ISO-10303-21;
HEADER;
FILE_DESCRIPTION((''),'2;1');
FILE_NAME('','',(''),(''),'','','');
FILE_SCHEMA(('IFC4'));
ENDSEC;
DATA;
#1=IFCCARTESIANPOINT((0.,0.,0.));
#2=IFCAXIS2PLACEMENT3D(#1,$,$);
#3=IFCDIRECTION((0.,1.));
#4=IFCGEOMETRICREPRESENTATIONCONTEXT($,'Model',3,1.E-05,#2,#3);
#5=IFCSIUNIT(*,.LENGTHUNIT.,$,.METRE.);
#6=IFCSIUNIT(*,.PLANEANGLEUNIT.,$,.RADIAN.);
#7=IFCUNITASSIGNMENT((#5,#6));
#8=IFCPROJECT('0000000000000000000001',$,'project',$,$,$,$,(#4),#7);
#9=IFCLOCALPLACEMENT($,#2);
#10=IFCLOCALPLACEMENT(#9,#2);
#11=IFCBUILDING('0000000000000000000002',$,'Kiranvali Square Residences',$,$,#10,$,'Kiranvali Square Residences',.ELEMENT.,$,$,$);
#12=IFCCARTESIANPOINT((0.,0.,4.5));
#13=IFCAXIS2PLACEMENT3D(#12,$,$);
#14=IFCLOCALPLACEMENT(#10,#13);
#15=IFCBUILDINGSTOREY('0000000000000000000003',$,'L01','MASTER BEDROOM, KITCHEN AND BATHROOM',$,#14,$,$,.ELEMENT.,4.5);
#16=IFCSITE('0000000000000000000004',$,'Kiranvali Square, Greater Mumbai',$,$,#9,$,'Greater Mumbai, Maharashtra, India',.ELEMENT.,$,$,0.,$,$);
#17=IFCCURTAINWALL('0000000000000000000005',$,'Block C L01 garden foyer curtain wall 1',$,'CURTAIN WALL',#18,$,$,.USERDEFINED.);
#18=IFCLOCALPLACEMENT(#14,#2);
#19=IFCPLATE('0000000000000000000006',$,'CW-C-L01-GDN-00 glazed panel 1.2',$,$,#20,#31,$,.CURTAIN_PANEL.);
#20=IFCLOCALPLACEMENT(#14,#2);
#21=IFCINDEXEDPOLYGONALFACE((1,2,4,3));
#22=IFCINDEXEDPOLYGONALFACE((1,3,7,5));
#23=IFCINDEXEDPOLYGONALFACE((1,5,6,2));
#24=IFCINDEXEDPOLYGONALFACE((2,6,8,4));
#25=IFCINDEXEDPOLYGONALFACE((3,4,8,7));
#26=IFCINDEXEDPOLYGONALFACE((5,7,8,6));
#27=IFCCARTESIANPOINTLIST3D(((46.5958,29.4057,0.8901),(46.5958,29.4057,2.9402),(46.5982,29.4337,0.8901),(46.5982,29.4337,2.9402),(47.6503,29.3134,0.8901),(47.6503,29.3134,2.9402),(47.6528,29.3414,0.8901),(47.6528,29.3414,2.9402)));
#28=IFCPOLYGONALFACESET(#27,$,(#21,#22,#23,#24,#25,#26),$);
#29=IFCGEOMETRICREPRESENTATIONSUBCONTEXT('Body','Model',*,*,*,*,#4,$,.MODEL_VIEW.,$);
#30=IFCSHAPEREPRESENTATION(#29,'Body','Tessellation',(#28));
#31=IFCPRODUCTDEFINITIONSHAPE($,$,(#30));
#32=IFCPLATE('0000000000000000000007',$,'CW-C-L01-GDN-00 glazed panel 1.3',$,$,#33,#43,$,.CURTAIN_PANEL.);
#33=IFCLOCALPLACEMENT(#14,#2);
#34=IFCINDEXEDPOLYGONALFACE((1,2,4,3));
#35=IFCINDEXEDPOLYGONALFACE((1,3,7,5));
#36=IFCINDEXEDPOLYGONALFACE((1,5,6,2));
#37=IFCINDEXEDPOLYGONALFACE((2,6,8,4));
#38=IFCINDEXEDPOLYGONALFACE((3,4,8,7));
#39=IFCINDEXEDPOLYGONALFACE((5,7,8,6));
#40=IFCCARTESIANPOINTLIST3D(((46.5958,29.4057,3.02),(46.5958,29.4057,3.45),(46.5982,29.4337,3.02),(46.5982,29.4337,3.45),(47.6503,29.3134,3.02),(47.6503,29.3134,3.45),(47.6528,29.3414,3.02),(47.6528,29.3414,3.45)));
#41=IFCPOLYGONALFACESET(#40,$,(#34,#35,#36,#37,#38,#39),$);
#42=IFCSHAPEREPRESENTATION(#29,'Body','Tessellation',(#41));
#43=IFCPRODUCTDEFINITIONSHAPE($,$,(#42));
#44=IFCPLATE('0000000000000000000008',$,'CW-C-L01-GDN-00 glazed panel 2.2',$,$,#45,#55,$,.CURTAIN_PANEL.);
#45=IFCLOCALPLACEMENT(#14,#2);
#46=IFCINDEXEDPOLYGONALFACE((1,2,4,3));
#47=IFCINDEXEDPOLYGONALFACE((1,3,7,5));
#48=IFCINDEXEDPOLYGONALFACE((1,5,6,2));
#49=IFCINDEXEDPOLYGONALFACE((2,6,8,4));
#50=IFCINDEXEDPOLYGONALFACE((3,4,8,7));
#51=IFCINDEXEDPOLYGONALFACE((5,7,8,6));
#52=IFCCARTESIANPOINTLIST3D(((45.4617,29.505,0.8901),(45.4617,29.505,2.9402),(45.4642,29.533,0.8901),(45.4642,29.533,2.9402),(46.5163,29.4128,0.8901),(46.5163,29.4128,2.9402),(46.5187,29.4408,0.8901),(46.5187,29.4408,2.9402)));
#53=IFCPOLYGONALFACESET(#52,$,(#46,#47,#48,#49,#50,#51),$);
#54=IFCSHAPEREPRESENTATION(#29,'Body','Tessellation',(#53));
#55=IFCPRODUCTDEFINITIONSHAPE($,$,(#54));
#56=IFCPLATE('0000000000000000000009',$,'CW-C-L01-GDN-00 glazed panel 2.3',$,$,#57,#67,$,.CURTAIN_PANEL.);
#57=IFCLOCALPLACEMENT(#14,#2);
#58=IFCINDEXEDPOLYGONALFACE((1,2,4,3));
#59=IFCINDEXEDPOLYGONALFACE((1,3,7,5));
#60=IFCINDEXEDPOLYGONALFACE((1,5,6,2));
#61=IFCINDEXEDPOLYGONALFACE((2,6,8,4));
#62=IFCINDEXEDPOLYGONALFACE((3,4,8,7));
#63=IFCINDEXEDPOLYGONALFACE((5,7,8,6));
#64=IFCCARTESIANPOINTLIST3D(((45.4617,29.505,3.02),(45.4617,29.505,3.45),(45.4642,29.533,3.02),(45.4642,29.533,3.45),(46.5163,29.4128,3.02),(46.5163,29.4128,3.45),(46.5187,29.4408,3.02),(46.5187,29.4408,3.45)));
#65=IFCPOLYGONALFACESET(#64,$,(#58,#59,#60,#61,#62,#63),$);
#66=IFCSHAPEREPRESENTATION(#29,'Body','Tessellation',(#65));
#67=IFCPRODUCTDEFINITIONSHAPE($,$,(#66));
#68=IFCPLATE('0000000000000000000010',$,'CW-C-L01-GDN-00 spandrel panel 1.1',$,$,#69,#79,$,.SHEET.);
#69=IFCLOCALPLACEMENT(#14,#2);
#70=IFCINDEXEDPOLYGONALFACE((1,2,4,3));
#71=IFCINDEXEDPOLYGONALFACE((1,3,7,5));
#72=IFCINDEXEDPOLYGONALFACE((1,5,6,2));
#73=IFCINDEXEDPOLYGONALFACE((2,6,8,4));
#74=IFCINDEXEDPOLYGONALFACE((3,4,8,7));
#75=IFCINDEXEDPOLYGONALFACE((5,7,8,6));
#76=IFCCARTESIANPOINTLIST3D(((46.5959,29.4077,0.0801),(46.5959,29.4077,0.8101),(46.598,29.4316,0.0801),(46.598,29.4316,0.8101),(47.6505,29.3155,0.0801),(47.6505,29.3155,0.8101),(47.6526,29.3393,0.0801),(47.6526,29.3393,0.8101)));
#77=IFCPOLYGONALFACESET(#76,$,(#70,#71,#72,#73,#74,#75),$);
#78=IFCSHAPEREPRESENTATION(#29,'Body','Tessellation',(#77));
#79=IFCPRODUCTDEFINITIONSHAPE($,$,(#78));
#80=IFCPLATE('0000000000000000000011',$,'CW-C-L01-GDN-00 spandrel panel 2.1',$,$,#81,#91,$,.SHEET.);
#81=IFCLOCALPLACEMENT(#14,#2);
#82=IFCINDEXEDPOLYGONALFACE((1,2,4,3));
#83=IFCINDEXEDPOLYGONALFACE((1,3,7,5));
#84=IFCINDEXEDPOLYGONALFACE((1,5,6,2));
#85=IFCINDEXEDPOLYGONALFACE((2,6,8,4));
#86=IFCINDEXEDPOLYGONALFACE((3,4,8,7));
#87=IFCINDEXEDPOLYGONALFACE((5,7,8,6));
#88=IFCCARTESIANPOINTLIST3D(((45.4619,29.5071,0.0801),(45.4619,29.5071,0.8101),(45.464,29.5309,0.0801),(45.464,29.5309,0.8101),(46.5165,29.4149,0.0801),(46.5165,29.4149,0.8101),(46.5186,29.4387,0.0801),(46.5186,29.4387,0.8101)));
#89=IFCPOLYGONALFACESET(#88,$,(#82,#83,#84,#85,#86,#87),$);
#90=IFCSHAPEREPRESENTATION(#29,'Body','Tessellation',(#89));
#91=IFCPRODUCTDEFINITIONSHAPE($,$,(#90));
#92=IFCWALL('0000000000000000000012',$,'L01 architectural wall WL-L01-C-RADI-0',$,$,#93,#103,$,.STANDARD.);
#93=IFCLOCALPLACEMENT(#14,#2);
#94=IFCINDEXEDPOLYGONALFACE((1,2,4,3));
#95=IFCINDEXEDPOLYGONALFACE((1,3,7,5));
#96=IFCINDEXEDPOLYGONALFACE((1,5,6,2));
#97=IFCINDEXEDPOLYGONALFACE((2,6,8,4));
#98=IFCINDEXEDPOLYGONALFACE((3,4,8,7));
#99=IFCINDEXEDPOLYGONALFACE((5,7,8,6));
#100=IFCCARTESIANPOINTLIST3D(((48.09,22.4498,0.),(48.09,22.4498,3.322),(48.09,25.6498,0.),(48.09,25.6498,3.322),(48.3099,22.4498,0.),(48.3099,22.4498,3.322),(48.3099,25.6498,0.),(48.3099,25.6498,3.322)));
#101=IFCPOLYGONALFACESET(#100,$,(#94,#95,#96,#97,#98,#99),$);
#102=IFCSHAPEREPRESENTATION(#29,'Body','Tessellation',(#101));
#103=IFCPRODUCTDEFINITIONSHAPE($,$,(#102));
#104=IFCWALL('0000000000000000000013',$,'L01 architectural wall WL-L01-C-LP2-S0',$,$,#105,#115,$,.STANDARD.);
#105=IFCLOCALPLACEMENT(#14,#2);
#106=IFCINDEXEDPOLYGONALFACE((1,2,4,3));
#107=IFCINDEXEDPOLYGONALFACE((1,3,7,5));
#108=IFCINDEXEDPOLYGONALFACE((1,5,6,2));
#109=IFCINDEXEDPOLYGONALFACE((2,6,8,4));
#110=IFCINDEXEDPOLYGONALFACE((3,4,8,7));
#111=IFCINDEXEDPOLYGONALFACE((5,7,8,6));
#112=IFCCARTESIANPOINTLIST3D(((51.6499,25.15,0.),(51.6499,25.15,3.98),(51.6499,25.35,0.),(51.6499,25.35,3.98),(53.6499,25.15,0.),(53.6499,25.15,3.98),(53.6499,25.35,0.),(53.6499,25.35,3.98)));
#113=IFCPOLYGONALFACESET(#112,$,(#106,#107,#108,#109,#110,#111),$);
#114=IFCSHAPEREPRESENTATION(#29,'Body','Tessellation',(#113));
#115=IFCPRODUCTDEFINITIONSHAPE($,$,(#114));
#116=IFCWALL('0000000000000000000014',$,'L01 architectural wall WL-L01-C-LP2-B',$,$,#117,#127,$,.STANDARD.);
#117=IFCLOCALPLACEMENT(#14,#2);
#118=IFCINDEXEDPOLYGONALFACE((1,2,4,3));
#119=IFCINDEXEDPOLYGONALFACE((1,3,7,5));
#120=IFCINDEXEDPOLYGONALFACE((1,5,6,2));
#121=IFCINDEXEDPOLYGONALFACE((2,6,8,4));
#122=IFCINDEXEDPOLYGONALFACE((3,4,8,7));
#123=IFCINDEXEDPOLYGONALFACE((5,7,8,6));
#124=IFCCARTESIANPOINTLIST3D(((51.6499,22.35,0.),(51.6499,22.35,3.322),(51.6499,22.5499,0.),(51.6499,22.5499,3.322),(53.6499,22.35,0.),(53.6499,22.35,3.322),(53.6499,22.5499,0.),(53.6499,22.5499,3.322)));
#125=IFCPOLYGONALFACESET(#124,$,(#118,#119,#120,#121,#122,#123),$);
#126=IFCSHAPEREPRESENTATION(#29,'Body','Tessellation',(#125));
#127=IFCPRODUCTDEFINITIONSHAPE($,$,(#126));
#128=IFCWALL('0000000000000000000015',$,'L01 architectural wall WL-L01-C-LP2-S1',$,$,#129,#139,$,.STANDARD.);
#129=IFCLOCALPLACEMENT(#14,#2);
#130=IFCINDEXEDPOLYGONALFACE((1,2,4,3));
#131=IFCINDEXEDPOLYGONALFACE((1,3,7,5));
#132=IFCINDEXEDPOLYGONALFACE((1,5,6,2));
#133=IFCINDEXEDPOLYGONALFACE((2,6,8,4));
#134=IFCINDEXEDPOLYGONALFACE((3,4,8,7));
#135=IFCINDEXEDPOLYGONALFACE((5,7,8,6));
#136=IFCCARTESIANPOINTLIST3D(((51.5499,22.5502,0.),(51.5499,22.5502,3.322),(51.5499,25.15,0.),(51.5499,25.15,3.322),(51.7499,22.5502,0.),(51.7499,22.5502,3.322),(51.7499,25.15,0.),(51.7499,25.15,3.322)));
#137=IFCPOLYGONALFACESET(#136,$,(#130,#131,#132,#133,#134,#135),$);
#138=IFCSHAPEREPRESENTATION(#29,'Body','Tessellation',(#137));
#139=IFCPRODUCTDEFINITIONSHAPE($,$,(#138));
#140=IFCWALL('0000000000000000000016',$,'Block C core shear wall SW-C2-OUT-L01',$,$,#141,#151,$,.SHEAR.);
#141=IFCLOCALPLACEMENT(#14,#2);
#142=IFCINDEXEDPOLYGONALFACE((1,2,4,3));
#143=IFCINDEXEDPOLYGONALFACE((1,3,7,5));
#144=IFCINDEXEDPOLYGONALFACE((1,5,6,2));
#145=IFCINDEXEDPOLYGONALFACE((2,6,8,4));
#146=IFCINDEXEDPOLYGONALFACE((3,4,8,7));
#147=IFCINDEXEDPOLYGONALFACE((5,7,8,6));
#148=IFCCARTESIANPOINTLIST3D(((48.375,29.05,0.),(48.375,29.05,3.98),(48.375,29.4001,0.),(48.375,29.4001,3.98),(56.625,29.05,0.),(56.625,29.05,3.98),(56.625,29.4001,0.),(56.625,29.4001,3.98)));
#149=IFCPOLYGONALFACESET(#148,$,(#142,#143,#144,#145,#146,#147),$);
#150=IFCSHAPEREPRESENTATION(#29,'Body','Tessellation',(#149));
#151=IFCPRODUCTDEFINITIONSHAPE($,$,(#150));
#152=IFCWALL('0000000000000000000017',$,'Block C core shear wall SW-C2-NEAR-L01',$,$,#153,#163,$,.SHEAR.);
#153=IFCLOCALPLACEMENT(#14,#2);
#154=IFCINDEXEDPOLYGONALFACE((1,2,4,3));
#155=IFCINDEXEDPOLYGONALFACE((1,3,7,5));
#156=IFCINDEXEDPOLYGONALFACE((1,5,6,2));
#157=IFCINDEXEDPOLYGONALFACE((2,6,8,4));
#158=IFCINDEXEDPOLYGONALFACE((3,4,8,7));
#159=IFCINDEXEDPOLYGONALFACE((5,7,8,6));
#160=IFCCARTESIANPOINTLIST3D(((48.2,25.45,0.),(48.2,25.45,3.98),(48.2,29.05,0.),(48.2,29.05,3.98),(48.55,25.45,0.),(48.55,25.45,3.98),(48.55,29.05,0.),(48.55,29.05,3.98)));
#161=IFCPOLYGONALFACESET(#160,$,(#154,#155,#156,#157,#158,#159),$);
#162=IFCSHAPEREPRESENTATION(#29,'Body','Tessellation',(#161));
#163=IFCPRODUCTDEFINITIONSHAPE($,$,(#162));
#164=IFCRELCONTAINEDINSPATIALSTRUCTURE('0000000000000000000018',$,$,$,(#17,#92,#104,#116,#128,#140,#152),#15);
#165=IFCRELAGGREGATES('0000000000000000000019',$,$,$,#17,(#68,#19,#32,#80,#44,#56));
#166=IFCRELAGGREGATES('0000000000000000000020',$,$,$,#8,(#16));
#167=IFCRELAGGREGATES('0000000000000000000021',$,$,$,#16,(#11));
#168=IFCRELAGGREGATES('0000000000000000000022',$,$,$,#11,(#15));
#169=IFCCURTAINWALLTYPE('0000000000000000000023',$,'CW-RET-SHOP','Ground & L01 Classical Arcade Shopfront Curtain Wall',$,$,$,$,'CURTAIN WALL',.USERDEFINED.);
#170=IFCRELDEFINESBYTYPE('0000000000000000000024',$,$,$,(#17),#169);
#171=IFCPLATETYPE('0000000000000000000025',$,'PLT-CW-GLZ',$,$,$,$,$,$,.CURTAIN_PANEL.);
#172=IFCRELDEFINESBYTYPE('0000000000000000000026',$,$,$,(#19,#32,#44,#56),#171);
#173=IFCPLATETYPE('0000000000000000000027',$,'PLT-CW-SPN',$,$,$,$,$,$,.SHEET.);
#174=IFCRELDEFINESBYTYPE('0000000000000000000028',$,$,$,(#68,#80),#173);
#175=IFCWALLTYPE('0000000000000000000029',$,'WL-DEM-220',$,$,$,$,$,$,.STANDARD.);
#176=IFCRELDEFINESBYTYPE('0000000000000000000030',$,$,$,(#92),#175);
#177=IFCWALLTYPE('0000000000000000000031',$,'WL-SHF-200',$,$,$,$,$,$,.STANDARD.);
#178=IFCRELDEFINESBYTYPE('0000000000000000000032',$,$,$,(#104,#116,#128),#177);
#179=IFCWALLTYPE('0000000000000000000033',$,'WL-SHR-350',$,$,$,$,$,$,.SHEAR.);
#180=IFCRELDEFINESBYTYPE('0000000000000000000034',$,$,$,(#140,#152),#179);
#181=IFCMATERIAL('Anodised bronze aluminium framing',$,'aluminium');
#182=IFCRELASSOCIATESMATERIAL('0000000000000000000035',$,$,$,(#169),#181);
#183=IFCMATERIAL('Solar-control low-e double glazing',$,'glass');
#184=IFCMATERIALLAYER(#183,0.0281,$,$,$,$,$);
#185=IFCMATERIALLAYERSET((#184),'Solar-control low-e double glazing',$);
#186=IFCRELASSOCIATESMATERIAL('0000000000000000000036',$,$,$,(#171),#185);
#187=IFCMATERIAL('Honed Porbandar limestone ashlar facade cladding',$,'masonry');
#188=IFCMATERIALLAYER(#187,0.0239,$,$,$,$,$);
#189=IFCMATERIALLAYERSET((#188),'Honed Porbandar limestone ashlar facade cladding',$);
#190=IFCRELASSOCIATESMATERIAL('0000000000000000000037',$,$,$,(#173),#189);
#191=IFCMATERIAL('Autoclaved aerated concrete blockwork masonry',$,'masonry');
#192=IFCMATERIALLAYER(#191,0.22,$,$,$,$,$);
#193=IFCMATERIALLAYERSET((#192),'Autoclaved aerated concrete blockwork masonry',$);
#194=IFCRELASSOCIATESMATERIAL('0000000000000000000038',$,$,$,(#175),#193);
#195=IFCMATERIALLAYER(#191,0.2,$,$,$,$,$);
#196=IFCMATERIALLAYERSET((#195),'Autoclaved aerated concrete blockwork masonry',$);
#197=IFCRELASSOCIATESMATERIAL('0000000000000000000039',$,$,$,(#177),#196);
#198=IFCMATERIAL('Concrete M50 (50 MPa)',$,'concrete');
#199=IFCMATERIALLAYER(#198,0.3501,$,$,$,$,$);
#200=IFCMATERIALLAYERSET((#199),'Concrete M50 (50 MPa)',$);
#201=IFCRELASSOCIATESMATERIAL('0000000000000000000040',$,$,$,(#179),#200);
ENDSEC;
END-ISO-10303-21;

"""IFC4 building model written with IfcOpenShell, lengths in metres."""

from ifc_helpers import new_model, si_unit, direction, frame, frame_2d, origin, origin_2d, place, context, subcontext, project, spatial, rectangle, extrude, material, layer, layer_set, type_object, element, aggregate, save


model = new_model("IFC4")

# Units and contexts
model_context = context("Model", 3, precision=1e-05, world=origin(), true_north=direction((0.0, 1.0)))
body_context = subcontext(model_context, "Body", "Model", "MODEL_VIEW")
ifc_project = project(units=[si_unit("LENGTHUNIT", "METRE"), si_unit("PLANEANGLEUNIT", "RADIAN")], contexts=[model_context])

# Site, building, storey
site_placement = place(None, origin())
site = spatial("IfcSite", under=ifc_project, at=site_placement, Name="Kiranvali Square, Greater Mumbai", LongName="Greater Mumbai, Maharashtra, India", CompositionType="ELEMENT", RefElevation=0.0)
building_placement = place(site_placement, origin())
building = spatial("IfcBuilding", under=site, at=building_placement, Name="Kiranvali Square Residences", LongName="Kiranvali Square Residences", CompositionType="ELEMENT")
storey_placement = place(building_placement, frame((0.0, 0.0, 4.5)))
storey = spatial("IfcBuildingStorey", under=building, at=storey_placement, Name="L01", Description="MASTER BEDROOM, KITCHEN AND BATHROOM", CompositionType="ELEMENT", Elevation=4.5)

# Curtain wall
ifc_material_1 = material(Name="Anodised bronze aluminium framing", Category="aluminium")
curtain_wall_type = type_object("IfcCurtainWallType", Name="CW-RET-SHOP", Description="Ground & L01 Classical Arcade Shopfront Curtain Wall", ElementType="CURTAIN WALL", PredefinedType="USERDEFINED", material=ifc_material_1)
curtain_wall_placement = place(storey_placement, origin())
curtain_wall = element("IfcCurtainWall", 1, at=curtain_wall_placement, inside=storey, type_object=curtain_wall_type, Name="Block C L01 garden foyer curtain wall 1", ObjectType="CURTAIN WALL", PredefinedType="USERDEFINED")

# Plates
ifc_material_2 = material(Name="Solar-control low-e double glazing", Category="glass")
ifc_layer_1 = layer(ifc_material_2, 0.0281)
ifc_layer_set_1 = layer_set([ifc_layer_1], Name="Solar-control low-e double glazing")
plate_type_1 = type_object("IfcPlateType", Name="PLT-CW-GLZ", PredefinedType="CURTAIN_PANEL", material=ifc_layer_set_1)
plate_1_placement = place(storey_placement, frame((47.1243, 29.3735, 0.8901), z_axis=(0.0, 0.0, 1.0), x_axis=(-0.996195, 0.087156, 0.0)))
plate_1 = element("IfcPlate", 2, at=plate_1_placement, type_object=plate_type_1, Name="CW-C-L01-GDN-00 glazed panel 1.2", PredefinedType="CURTAIN_PANEL", context=body_context, shape_type="SweptSolid", body=[
    extrude(rectangle(XDim=1.0586, YDim=0.0281, at=origin_2d()), origin(), (0.0, 0.0, 1.0), 2.05),
])
plate_2_placement = place(storey_placement, frame((47.1243, 29.3735, 3.02), z_axis=(0.0, 0.0, 1.0), x_axis=(-0.996195, 0.087156, 0.0)))
plate_2 = element("IfcPlate", 3, at=plate_2_placement, type_object=plate_type_1, Name="CW-C-L01-GDN-00 glazed panel 1.3", PredefinedType="CURTAIN_PANEL", context=body_context, shape_type="SweptSolid", body=[
    extrude(rectangle(XDim=1.0586, YDim=0.0281, at=origin_2d()), origin(), (0.0, 0.0, 1.0), 0.4299),
])
plate_3_placement = place(storey_placement, frame((45.9902, 29.4729, 0.8901), z_axis=(0.0, 0.0, 1.0), x_axis=(-0.996195, 0.087156, 0.0)))
plate_3 = element("IfcPlate", 4, at=plate_3_placement, type_object=plate_type_1, Name="CW-C-L01-GDN-00 glazed panel 2.2", PredefinedType="CURTAIN_PANEL", context=body_context, shape_type="SweptSolid", body=[
    extrude(rectangle(XDim=1.0586, YDim=0.0281, at=origin_2d()), origin(), (0.0, 0.0, 1.0), 2.05),
])
plate_4_placement = place(storey_placement, frame((45.9902, 29.4729, 3.02), z_axis=(0.0, 0.0, 1.0), x_axis=(-0.996195, 0.087156, 0.0)))
plate_4 = element("IfcPlate", 5, at=plate_4_placement, type_object=plate_type_1, Name="CW-C-L01-GDN-00 glazed panel 2.3", PredefinedType="CURTAIN_PANEL", context=body_context, shape_type="SweptSolid", body=[
    extrude(rectangle(XDim=1.0586, YDim=0.0281, at=origin_2d()), origin(), (0.0, 0.0, 1.0), 0.4299),
])
ifc_material_3 = material(Name="Honed Porbandar limestone ashlar facade cladding", Category="masonry")
ifc_layer_2 = layer(ifc_material_3, 0.0239)
ifc_layer_set_2 = layer_set([ifc_layer_2], Name="Honed Porbandar limestone ashlar facade cladding")
plate_type_2 = type_object("IfcPlateType", Name="PLT-CW-SPN", PredefinedType="SHEET", material=ifc_layer_set_2)
plate_5_placement = place(storey_placement, frame((47.1243, 29.3735, 0.0801), z_axis=(0.0, 0.0, 1.0), x_axis=(-0.996195, 0.087156, 0.0)))
plate_5 = element("IfcPlate", 6, at=plate_5_placement, type_object=plate_type_2, Name="CW-C-L01-GDN-00 spandrel panel 1.1", PredefinedType="SHEET", context=body_context, shape_type="SweptSolid", body=[
    extrude(rectangle(XDim=1.0586, YDim=0.0239, at=origin_2d()), origin(), (0.0, 0.0, 1.0), 0.73),
])
plate_6_placement = place(storey_placement, frame((45.9902, 29.4729, 0.0801), z_axis=(0.0, 0.0, 1.0), x_axis=(-0.996195, 0.087156, 0.0)))
plate_6 = element("IfcPlate", 7, at=plate_6_placement, type_object=plate_type_2, Name="CW-C-L01-GDN-00 spandrel panel 2.1", PredefinedType="SHEET", context=body_context, shape_type="SweptSolid", body=[
    extrude(rectangle(XDim=1.0586, YDim=0.0239, at=origin_2d()), origin(), (0.0, 0.0, 1.0), 0.73),
])
aggregate(curtain_wall, [plate_5, plate_1, plate_2, plate_6, plate_3, plate_4])

# Shared definitions
ifc_material_4 = material(Name="Autoclaved aerated concrete blockwork masonry", Category="masonry")

# Walls
ifc_layer_3 = layer(ifc_material_4, 0.22)
ifc_layer_set_3 = layer_set([ifc_layer_3], Name="Autoclaved aerated concrete blockwork masonry")
wall_type_1 = type_object("IfcWallType", Name="WL-DEM-220", PredefinedType="STANDARD", material=ifc_layer_set_3)
wall_1_placement = place(storey_placement, frame((48.2, 25.6499, 0.0), z_axis=(0.0, 0.0, 1.0), x_axis=(0.0, -1.0, 0.0)))
element("IfcWall", 8, at=wall_1_placement, inside=storey, type_object=wall_type_1, Name="L01 architectural wall WL-L01-C-RADI-0", PredefinedType="STANDARD", context=body_context, shape_type="SweptSolid", body=[
    extrude(rectangle(XDim=3.2, YDim=0.22, at=frame_2d((1.6001, 0.0))), origin(), (0.0, 0.0, 1.0), 3.322),
])
ifc_layer_4 = layer(ifc_material_4, 0.2)
ifc_layer_set_4 = layer_set([ifc_layer_4], Name="Autoclaved aerated concrete blockwork masonry")
wall_type_2 = type_object("IfcWallType", Name="WL-SHF-200", PredefinedType="STANDARD", material=ifc_layer_set_4)
wall_2_placement = place(storey_placement, frame((51.6499, 25.25, 0.0), z_axis=(0.0, 0.0, 1.0), x_axis=(1.0, 0.0, 0.0)))
element("IfcWall", 9, at=wall_2_placement, inside=storey, type_object=wall_type_2, Name="L01 architectural wall WL-L01-C-LP2-S0", PredefinedType="STANDARD", context=body_context, shape_type="SweptSolid", body=[
    extrude(rectangle(XDim=2.0, YDim=0.2, at=frame_2d((1.0, 0.0))), origin(), (0.0, 0.0, 1.0), 3.98),
])
wall_3_placement = place(storey_placement, frame((51.6499, 22.45, 0.0), z_axis=(0.0, 0.0, 1.0), x_axis=(1.0, 0.0, 0.0)))
element("IfcWall", 10, at=wall_3_placement, inside=storey, type_object=wall_type_2, Name="L01 architectural wall WL-L01-C-LP2-B", PredefinedType="STANDARD", context=body_context, shape_type="SweptSolid", body=[
    extrude(rectangle(XDim=2.0, YDim=0.2, at=frame_2d((1.0, 0.0))), origin(), (0.0, 0.0, 1.0), 3.322),
])
wall_4_placement = place(storey_placement, frame((51.6499, 25.1499, 0.0), z_axis=(0.0, 0.0, 1.0), x_axis=(0.0, -1.0, 0.0)))
element("IfcWall", 11, at=wall_4_placement, inside=storey, type_object=wall_type_2, Name="L01 architectural wall WL-L01-C-LP2-S1", PredefinedType="STANDARD", context=body_context, shape_type="SweptSolid", body=[
    extrude(rectangle(XDim=2.5999, YDim=0.2, at=frame_2d((1.2998, 0.0))), origin(), (0.0, 0.0, 1.0), 3.322),
])
ifc_material_5 = material(Name="Concrete M50 (50 MPa)", Category="concrete")
ifc_layer_5 = layer(ifc_material_5, 0.3501)
ifc_layer_set_5 = layer_set([ifc_layer_5], Name="Concrete M50 (50 MPa)")
wall_type_3 = type_object("IfcWallType", Name="WL-SHR-350", PredefinedType="SHEAR", material=ifc_layer_set_5)
wall_5_placement = place(storey_placement, frame((48.375, 29.2251, 0.0), z_axis=(0.0, 0.0, 1.0), x_axis=(1.0, 0.0, 0.0)))
element("IfcWall", 12, at=wall_5_placement, inside=storey, type_object=wall_type_3, Name="Block C core shear wall SW-C2-OUT-L01", PredefinedType="SHEAR", context=body_context, shape_type="SweptSolid", body=[
    extrude(rectangle(XDim=8.25, YDim=0.3501, at=frame_2d((4.125, 0.0))), origin(), (0.0, 0.0, 1.0), 3.98),
])

# Wall
wall_6_placement = place(storey_placement, frame((48.375, 29.05, 0.0), z_axis=(0.0, 0.0, 1.0), x_axis=(0.0, -1.0, 0.0)))
element("IfcWall", 13, at=wall_6_placement, inside=storey, type_object=wall_type_3, Name="Block C core shear wall SW-C2-NEAR-L01", PredefinedType="SHEAR", context=body_context, shape_type="SweptSolid", body=[
    extrude(rectangle(XDim=3.6001, YDim=0.3501, at=frame_2d((1.8, 0.0))), origin(), (0.0, 0.0, 1.0), 3.98),
])

save(model, "model.ifc")
